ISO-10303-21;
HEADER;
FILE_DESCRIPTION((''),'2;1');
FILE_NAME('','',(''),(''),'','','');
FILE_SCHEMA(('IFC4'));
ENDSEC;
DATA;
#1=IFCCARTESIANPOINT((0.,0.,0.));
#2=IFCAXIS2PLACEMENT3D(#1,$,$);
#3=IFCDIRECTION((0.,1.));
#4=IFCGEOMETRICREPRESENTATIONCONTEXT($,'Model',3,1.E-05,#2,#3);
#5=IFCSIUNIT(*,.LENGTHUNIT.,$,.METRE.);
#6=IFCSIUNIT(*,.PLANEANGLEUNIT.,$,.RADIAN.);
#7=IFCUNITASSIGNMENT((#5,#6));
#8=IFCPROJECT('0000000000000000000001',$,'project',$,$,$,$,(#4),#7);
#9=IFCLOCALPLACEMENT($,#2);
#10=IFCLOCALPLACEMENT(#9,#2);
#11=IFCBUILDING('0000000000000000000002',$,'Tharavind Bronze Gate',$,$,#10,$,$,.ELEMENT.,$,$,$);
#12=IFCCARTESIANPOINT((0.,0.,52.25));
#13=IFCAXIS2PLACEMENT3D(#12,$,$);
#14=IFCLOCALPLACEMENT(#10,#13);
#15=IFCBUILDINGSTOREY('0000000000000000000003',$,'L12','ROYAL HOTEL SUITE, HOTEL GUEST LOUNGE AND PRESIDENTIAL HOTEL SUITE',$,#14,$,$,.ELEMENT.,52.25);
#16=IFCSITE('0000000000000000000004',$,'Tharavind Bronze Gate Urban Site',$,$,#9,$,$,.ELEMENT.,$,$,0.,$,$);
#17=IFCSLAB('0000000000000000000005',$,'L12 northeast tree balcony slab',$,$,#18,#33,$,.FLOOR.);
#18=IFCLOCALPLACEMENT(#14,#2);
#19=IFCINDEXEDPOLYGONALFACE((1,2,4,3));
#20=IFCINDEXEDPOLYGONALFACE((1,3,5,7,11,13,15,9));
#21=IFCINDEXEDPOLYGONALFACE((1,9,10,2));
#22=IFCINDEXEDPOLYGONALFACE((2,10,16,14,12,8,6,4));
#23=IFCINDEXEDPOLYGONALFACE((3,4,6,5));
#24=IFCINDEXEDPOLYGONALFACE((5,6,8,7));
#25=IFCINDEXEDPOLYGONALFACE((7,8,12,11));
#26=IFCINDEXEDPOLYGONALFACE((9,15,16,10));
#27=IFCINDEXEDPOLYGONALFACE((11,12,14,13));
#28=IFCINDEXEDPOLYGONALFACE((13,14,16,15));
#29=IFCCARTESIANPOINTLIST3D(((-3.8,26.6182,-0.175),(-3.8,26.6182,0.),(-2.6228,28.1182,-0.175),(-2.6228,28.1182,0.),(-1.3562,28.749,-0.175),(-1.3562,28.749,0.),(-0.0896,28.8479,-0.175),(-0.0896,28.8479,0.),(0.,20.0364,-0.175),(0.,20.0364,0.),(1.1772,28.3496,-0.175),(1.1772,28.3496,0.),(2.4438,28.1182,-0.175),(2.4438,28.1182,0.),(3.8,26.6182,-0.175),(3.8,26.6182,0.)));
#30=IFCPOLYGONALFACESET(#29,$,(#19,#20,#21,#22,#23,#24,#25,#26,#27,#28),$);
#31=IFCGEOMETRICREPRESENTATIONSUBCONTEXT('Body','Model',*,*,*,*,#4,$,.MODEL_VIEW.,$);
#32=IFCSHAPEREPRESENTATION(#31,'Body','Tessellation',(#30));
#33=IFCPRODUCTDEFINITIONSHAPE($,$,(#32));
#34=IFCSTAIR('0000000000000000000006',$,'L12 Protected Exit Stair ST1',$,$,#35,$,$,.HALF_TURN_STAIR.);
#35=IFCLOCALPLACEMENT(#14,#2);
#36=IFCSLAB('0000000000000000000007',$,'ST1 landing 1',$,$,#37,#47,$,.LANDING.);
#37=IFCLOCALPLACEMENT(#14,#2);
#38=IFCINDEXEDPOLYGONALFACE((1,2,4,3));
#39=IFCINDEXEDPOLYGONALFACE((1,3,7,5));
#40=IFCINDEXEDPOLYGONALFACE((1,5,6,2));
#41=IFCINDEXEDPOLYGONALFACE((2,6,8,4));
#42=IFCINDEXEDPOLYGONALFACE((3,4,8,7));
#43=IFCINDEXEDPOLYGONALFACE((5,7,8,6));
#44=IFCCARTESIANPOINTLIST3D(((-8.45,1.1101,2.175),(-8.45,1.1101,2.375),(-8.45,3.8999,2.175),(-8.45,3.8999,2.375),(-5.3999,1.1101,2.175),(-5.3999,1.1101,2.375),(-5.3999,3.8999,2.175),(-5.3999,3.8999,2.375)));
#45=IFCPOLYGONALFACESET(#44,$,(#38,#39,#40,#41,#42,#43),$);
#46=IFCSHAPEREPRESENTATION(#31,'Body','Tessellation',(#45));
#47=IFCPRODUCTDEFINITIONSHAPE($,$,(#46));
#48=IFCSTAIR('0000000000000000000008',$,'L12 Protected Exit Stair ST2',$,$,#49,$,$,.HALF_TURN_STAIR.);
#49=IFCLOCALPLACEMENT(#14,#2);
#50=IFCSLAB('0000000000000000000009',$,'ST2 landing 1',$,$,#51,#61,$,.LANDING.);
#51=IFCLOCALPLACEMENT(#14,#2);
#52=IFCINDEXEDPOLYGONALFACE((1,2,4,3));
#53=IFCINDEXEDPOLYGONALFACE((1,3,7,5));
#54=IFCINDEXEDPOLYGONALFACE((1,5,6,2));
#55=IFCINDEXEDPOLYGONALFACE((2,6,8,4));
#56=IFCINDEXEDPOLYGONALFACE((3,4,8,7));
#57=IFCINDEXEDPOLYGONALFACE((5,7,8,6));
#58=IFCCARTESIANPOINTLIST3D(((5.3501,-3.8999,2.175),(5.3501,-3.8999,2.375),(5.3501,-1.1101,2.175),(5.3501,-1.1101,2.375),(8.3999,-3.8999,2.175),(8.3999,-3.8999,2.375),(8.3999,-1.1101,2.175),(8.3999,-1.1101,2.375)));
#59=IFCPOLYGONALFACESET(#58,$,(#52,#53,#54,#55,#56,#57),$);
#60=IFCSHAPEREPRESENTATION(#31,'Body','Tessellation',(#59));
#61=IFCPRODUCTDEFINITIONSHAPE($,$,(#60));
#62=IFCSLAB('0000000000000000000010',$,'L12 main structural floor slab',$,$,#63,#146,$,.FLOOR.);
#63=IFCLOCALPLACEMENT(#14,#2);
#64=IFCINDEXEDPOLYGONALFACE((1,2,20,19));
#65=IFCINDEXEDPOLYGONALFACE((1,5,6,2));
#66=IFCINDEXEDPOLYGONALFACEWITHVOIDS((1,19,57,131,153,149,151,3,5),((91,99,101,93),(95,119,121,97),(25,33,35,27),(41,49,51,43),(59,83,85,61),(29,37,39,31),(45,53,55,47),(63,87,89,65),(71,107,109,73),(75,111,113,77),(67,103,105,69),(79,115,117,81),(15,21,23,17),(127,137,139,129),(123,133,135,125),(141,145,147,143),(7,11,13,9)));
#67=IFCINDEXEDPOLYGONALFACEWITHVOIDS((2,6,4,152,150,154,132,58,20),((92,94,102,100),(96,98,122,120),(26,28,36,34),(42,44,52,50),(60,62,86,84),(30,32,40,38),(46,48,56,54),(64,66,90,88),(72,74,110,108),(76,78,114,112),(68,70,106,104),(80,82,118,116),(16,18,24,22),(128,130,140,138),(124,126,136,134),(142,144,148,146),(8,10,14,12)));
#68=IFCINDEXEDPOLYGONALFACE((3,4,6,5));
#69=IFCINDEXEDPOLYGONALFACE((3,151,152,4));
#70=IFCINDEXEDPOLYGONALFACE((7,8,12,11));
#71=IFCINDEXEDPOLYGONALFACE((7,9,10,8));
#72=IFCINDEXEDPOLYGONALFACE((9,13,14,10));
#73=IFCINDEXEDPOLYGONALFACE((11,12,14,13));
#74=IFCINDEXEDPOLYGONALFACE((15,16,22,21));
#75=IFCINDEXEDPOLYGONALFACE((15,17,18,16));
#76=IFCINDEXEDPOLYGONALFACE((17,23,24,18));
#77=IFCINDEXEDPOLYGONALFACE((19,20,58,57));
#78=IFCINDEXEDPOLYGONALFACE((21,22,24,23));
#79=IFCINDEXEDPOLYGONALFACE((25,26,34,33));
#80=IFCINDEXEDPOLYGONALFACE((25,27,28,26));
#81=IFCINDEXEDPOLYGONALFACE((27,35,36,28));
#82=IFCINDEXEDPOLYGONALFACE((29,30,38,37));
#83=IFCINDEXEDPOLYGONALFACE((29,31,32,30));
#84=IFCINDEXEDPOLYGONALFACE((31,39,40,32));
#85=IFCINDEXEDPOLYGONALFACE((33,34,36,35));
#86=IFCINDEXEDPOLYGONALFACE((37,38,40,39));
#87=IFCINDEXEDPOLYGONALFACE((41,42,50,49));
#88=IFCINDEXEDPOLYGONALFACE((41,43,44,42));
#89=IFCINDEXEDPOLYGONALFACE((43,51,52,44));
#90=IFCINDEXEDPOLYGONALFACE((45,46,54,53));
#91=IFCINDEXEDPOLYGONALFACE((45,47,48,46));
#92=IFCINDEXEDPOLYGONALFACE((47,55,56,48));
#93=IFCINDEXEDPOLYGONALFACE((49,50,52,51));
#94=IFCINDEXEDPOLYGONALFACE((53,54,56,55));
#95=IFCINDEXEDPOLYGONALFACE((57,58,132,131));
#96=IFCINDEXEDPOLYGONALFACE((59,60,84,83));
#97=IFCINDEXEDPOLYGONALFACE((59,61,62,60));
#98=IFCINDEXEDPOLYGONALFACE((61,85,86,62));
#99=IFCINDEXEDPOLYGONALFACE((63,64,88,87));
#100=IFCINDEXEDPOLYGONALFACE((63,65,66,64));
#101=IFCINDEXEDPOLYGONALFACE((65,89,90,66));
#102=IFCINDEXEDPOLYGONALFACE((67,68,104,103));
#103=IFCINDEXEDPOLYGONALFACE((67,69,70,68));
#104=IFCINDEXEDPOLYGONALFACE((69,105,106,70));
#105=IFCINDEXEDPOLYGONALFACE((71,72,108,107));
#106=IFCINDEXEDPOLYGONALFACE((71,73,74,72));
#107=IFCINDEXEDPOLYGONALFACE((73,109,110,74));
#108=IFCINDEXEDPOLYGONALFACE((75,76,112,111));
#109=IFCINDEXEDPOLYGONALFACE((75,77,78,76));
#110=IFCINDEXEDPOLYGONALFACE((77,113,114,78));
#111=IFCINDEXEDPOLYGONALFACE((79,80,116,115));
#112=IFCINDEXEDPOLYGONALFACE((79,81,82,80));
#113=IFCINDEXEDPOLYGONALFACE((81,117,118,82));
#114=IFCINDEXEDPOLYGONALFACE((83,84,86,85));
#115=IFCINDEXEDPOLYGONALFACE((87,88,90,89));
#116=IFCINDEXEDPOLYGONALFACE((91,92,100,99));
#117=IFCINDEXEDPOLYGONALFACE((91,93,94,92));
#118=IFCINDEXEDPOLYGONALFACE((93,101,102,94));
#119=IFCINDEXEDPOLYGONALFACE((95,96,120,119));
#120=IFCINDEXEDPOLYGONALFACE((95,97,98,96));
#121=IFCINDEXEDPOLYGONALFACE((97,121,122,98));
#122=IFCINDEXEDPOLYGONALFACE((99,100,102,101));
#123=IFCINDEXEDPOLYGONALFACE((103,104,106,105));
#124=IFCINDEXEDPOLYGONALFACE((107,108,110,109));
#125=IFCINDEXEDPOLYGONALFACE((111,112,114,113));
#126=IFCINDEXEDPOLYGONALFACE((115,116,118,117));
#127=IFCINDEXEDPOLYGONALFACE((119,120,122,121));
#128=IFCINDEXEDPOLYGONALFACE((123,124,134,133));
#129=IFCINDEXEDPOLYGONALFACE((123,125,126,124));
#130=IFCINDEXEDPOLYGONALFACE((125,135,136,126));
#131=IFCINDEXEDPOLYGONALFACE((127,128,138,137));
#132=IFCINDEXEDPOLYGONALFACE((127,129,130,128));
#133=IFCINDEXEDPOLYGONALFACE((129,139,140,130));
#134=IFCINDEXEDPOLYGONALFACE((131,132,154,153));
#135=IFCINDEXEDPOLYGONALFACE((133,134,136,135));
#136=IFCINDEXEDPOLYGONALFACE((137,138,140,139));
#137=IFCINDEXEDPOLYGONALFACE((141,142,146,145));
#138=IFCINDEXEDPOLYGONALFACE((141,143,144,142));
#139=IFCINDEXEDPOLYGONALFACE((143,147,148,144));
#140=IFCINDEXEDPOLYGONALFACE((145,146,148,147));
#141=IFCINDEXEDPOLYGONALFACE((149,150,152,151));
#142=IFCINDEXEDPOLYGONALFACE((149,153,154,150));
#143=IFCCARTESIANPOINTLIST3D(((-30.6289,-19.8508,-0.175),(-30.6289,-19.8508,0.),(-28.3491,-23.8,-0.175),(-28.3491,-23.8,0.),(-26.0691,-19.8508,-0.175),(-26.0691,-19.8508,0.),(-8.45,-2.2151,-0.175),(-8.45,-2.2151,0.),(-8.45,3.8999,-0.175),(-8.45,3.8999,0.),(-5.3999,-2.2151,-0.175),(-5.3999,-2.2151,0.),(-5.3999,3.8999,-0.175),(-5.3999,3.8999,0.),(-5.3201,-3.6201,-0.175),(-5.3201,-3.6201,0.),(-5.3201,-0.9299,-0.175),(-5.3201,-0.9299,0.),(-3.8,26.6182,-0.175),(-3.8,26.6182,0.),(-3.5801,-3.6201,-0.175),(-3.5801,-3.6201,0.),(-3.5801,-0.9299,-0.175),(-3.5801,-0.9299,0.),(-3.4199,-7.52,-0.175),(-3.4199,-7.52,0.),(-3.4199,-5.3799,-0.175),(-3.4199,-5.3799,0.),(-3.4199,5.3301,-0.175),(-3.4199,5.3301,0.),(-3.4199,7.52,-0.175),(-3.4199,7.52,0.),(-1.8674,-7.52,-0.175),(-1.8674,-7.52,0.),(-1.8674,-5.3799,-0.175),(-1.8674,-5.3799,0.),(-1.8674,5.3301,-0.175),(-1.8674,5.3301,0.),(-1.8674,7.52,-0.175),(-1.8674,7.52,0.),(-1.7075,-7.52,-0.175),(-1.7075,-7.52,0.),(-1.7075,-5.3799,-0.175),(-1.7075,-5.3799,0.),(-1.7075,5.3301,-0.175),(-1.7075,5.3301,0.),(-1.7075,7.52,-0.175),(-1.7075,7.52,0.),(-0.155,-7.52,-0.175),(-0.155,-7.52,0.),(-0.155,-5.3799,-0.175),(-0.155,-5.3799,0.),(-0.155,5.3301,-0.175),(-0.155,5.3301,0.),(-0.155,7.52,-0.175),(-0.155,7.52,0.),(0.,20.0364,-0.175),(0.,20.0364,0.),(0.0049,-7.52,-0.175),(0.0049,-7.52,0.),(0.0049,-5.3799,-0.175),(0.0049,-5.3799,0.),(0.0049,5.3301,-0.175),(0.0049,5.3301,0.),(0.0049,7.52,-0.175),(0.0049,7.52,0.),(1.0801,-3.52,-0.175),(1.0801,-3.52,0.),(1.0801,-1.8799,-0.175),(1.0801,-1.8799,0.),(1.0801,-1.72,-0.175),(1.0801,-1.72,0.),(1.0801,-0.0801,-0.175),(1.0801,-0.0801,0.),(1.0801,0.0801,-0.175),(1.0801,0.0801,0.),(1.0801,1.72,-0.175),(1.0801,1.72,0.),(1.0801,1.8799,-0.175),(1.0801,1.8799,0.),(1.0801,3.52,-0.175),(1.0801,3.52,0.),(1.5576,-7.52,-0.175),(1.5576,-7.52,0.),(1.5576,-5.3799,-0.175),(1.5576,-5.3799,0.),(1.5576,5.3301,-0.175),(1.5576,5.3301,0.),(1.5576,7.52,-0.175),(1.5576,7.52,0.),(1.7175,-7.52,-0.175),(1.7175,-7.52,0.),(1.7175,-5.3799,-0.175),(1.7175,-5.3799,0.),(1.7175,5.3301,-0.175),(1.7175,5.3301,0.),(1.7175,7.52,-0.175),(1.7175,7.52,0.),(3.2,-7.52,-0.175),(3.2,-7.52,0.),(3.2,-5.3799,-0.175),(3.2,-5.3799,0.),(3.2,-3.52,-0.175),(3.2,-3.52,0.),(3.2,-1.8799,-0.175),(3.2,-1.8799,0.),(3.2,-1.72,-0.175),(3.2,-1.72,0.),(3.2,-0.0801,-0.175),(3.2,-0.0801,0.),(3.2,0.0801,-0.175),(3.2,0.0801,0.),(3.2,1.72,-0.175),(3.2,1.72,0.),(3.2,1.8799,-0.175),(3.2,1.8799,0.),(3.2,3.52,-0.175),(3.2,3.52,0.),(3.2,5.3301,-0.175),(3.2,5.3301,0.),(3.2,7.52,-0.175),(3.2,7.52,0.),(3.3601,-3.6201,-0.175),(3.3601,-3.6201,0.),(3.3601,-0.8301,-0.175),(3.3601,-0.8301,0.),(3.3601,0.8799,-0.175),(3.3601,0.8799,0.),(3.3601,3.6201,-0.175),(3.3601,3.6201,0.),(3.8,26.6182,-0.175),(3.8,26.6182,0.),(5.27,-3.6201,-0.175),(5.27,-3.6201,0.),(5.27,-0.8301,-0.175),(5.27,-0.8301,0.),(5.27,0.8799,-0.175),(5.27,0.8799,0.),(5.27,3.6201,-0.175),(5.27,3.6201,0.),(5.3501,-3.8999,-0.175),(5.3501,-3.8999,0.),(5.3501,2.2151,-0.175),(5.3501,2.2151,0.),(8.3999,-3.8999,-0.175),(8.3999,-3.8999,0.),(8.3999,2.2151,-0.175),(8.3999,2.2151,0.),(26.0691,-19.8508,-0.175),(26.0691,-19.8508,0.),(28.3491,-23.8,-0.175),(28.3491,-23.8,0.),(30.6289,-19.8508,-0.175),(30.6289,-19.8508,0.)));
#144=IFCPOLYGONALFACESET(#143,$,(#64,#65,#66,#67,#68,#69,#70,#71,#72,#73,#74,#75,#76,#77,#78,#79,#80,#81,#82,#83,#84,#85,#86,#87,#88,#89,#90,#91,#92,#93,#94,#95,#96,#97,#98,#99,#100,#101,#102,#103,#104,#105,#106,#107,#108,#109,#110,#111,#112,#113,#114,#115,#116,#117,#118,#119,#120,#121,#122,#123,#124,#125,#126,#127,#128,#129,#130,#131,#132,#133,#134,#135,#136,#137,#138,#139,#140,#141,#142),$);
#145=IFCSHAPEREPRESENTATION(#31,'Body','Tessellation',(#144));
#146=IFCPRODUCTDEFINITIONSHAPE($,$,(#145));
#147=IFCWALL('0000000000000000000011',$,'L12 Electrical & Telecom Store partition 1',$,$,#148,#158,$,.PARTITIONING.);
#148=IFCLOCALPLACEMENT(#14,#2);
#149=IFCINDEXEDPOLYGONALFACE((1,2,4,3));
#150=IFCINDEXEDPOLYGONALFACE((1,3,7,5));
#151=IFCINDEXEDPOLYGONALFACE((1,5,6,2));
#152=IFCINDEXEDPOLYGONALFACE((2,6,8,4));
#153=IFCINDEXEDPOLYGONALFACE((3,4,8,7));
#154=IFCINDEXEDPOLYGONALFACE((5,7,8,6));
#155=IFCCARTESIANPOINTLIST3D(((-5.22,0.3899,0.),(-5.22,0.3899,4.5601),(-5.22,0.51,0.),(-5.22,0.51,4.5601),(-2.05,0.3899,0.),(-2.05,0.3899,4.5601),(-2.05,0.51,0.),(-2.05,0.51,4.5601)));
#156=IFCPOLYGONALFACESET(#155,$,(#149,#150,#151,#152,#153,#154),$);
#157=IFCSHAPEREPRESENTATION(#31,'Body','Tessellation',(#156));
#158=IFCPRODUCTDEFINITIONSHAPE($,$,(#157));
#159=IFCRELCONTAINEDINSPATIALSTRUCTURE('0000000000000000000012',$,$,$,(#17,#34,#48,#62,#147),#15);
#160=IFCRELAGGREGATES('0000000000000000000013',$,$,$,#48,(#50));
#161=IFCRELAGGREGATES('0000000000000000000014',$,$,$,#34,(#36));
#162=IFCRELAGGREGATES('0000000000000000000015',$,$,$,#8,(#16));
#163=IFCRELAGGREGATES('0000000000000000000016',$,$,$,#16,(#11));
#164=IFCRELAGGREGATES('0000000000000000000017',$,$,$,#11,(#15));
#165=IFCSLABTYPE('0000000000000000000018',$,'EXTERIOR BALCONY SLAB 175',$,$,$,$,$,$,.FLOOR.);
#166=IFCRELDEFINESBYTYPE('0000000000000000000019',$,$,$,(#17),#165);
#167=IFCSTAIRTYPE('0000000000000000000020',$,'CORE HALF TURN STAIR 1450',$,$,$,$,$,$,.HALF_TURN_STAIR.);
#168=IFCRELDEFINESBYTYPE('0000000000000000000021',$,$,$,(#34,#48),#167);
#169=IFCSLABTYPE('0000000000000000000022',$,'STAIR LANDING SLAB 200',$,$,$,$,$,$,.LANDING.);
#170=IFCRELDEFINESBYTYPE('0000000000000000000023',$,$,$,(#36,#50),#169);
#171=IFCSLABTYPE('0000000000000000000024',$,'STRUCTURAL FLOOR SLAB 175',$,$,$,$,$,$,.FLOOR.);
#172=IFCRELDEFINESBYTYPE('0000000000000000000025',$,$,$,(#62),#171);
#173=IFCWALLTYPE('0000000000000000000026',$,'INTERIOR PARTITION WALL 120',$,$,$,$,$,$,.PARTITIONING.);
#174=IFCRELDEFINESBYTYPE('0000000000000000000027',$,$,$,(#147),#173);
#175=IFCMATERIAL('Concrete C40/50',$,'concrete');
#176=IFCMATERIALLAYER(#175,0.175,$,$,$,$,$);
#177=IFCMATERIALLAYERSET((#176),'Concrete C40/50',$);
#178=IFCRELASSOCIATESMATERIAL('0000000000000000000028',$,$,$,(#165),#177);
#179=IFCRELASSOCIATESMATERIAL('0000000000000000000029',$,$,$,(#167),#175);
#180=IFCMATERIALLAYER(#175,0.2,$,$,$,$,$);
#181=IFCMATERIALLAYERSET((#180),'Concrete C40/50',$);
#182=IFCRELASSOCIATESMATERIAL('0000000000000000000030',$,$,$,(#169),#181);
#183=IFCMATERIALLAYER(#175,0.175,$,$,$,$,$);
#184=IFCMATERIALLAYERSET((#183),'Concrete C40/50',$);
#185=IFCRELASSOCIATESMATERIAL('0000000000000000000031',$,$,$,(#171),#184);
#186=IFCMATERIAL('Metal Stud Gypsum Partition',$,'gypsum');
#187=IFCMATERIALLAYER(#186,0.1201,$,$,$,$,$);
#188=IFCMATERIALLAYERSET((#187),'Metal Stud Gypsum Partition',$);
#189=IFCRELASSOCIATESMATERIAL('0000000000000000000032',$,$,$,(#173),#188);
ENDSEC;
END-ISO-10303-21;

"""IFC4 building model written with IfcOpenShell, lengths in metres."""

from ifc_helpers import new_model, si_unit, direction, frame, frame_2d, origin, place, context, subcontext, project, spatial, polyline, rectangle, outline, extrude, material, layer, layer_set, type_object, element, aggregate, save


model = new_model("IFC4")

# Units and contexts
model_context = context("Model", 3, precision=1e-05, world=origin(), true_north=direction((0.0, 1.0)))
body_context = subcontext(model_context, "Body", "Model", "MODEL_VIEW")
ifc_project = project(units=[si_unit("LENGTHUNIT", "METRE"), si_unit("PLANEANGLEUNIT", "RADIAN")], contexts=[model_context])

# Site, building, storey
site_placement = place(None, origin())
site = spatial("IfcSite", under=ifc_project, at=site_placement, Name="Tharavind Bronze Gate Urban Site", CompositionType="ELEMENT", RefElevation=0.0)
building_placement = place(site_placement, origin())
building = spatial("IfcBuilding", under=site, at=building_placement, Name="Tharavind Bronze Gate", CompositionType="ELEMENT")
storey_placement = place(building_placement, frame((0.0, 0.0, 52.25)))
storey = spatial("IfcBuildingStorey", under=building, at=storey_placement, Name="L12", Description="ROYAL HOTEL SUITE, HOTEL GUEST LOUNGE AND PRESIDENTIAL HOTEL SUITE", CompositionType="ELEMENT", Elevation=52.25)

# Slab
ifc_material_1 = material(Name="Concrete C40/50", Category="concrete")
ifc_layer_1 = layer(ifc_material_1, 0.175)
ifc_layer_set_1 = layer_set([ifc_layer_1], Name="Concrete C40/50")
slab_type_1 = type_object("IfcSlabType", Name="EXTERIOR BALCONY SLAB 175", PredefinedType="FLOOR", material=ifc_layer_set_1)
slab_1_placement = place(storey_placement, frame((0.0, 0.0, -0.175)))
element("IfcSlab", 1, at=slab_1_placement, inside=storey, type_object=slab_type_1, Name="L12 northeast tree balcony slab", PredefinedType="FLOOR", context=body_context, shape_type="SweptSolid", body=[
    extrude(outline(polyline([(2.4438, 28.1182), (1.1772, 28.3496), (-0.0896, 28.8479), (-1.3562, 28.749), (-2.6228, 28.1182), (-3.8, 26.6182), (0.0, 20.0364), (3.8, 26.6182), (2.4438, 28.1182)])), origin(), (0.0, 0.0, 1.0), 0.175),
])

# Stairs, slabs
stair_type = type_object("IfcStairType", Name="CORE HALF TURN STAIR 1450", PredefinedType="HALF_TURN_STAIR", material=ifc_material_1)
stair_1_placement = place(storey_placement, origin())
stair_1 = element("IfcStair", 2, at=stair_1_placement, inside=storey, type_object=stair_type, Name="L12 Protected Exit Stair ST1", PredefinedType="HALF_TURN_STAIR")
ifc_layer_2 = layer(ifc_material_1, 0.2)
ifc_layer_set_2 = layer_set([ifc_layer_2], Name="Concrete C40/50")
slab_type_2 = type_object("IfcSlabType", Name="STAIR LANDING SLAB 200", PredefinedType="LANDING", material=ifc_layer_set_2)
slab_2_placement = place(storey_placement, frame((0.0, 0.0, 2.175)))
slab_2 = element("IfcSlab", 3, at=slab_2_placement, type_object=slab_type_2, Name="ST1 landing 1", PredefinedType="LANDING", context=body_context, shape_type="SweptSolid", body=[
    extrude(outline(polyline([(-5.3999, 1.1101), (-5.3999, 3.8999), (-8.45, 3.8999), (-8.45, 1.1101), (-5.3999, 1.1101)])), origin(), (0.0, 0.0, 1.0), 0.2),
])
stair_2_placement = place(storey_placement, origin())
stair_2 = element("IfcStair", 4, at=stair_2_placement, inside=storey, type_object=stair_type, Name="L12 Protected Exit Stair ST2", PredefinedType="HALF_TURN_STAIR")
slab_3_placement = place(storey_placement, frame((0.0, 0.0, 2.175)))
slab_3 = element("IfcSlab", 5, at=slab_3_placement, type_object=slab_type_2, Name="ST2 landing 1", PredefinedType="LANDING", context=body_context, shape_type="SweptSolid", body=[
    extrude(outline(polyline([(5.3501, -1.1101), (5.3501, -3.8999), (8.3999, -3.8999), (8.3999, -1.1101), (5.3501, -1.1101)])), origin(), (0.0, 0.0, 1.0), 0.2),
])
aggregate(stair_2, [slab_3])

# Slab
ifc_layer_3 = layer(ifc_material_1, 0.175)
ifc_layer_set_3 = layer_set([ifc_layer_3], Name="Concrete C40/50")
slab_type_3 = type_object("IfcSlabType", Name="STRUCTURAL FLOOR SLAB 175", PredefinedType="FLOOR", material=ifc_layer_set_3)
slab_4_placement = place(storey_placement, frame((0.0, 0.0, -0.175)))
element("IfcSlab", 6, at=slab_4_placement, inside=storey, type_object=slab_type_3, Name="L12 main structural floor slab", PredefinedType="FLOOR", context=body_context, shape_type="SweptSolid", body=[
    extrude(outline(polyline([(3.8, 26.6182), (0.0, 20.0364), (-3.8, 26.6182), (-30.6289, -19.8508), (-26.0691, -19.8508), (-28.3491, -23.8), (28.3491, -23.8), (26.0691, -19.8508), (30.6289, -19.8508), (3.8, 26.6182)]), holes=[polyline([(-5.3999, -2.2151), (-5.3999, 3.8999), (-8.45, 3.8999), (-8.45, -2.2151), (-5.3999, -2.2151)]), polyline([(5.3501, 2.2151), (5.3501, -3.8999), (8.3999, -3.8999), (8.3999, 2.2151), (5.3501, 2.2151)]), polyline([(-3.4199, -7.52), (-1.8674, -7.52), (-1.8674, -5.3799), (-3.4199, -5.3799), (-3.4199, -7.52)]), polyline([(-1.7075, -7.52), (-0.155, -7.52), (-0.155, -5.3799), (-1.7075, -5.3799), (-1.7075, -7.52)]), polyline([(0.0049, -7.52), (1.5576, -7.52), (1.5576, -5.3799), (0.0049, -5.3799), (0.0049, -7.52)]), polyline([(1.7175, -7.52), (3.2, -7.52), (3.2, -5.3799), (1.7175, -5.3799), (1.7175, -7.52)]), polyline([(-3.4199, 5.3301), (-1.8674, 5.3301), (-1.8674, 7.52), (-3.4199, 7.52), (-3.4199, 5.3301)]), polyline([(-1.7075, 5.3301), (-0.155, 5.3301), (-0.155, 7.52), (-1.7075, 7.52), (-1.7075, 5.3301)]), polyline([(0.0049, 5.3301), (1.5576, 5.3301), (1.5576, 7.52), (0.0049, 7.52), (0.0049, 5.3301)]), polyline([(1.7175, 5.3301), (3.2, 5.3301), (3.2, 7.52), (1.7175, 7.52), (1.7175, 5.3301)]), polyline([(1.0801, -3.52), (3.2, -3.52), (3.2, -1.8799), (1.0801, -1.8799), (1.0801, -3.52)]), polyline([(1.0801, -1.72), (3.2, -1.72), (3.2, -0.0801), (1.0801, -0.0801), (1.0801, -1.72)]), polyline([(1.0801, 0.0801), (3.2, 0.0801), (3.2, 1.72), (1.0801, 1.72), (1.0801, 0.0801)]), polyline([(1.0801, 1.8799), (3.2, 1.8799), (3.2, 3.52), (1.0801, 3.52), (1.0801, 1.8799)]), polyline([(-5.3201, -3.6201), (-3.5801, -3.6201), (-3.5801, -0.9299), (-5.3201, -0.9299), (-5.3201, -3.6201)]), polyline([(3.3601, 0.8799), (5.27, 0.8799), (5.27, 3.6201), (3.3601, 3.6201), (3.3601, 0.8799)]), polyline([(3.3601, -3.6201), (5.27, -3.6201), (5.27, -0.8301), (3.3601, -0.8301), (3.3601, -3.6201)])]), origin(), (0.0, 0.0, 1.0), 0.175),
])

# Wall
ifc_material_2 = material(Name="Metal Stud Gypsum Partition", Category="gypsum")
ifc_layer_4 = layer(ifc_material_2, 0.1201)
ifc_layer_set_4 = layer_set([ifc_layer_4], Name="Metal Stud Gypsum Partition")
wall_type_1 = type_object("IfcWallType", Name="INTERIOR PARTITION WALL 120", PredefinedType="PARTITIONING", material=ifc_layer_set_4)
wall_1_placement = place(storey_placement, frame((-5.22, 0.45, 0.0), z_axis=(0.0, 0.0, 1.0), x_axis=(1.0, 0.0, 0.0)))
element("IfcWall", 7, at=wall_1_placement, inside=storey, type_object=wall_type_1, Name="L12 Electrical & Telecom Store partition 1", PredefinedType="PARTITIONING", context=body_context, shape_type="SweptSolid", body=[
    extrude(rectangle(XDim=3.1699, YDim=0.1201, at=frame_2d((1.585, 0.0))), origin(), (0.0, 0.0, 1.0), 4.5601),
])

aggregate(stair_1, [slab_2])

save(model, "model.ifc")
